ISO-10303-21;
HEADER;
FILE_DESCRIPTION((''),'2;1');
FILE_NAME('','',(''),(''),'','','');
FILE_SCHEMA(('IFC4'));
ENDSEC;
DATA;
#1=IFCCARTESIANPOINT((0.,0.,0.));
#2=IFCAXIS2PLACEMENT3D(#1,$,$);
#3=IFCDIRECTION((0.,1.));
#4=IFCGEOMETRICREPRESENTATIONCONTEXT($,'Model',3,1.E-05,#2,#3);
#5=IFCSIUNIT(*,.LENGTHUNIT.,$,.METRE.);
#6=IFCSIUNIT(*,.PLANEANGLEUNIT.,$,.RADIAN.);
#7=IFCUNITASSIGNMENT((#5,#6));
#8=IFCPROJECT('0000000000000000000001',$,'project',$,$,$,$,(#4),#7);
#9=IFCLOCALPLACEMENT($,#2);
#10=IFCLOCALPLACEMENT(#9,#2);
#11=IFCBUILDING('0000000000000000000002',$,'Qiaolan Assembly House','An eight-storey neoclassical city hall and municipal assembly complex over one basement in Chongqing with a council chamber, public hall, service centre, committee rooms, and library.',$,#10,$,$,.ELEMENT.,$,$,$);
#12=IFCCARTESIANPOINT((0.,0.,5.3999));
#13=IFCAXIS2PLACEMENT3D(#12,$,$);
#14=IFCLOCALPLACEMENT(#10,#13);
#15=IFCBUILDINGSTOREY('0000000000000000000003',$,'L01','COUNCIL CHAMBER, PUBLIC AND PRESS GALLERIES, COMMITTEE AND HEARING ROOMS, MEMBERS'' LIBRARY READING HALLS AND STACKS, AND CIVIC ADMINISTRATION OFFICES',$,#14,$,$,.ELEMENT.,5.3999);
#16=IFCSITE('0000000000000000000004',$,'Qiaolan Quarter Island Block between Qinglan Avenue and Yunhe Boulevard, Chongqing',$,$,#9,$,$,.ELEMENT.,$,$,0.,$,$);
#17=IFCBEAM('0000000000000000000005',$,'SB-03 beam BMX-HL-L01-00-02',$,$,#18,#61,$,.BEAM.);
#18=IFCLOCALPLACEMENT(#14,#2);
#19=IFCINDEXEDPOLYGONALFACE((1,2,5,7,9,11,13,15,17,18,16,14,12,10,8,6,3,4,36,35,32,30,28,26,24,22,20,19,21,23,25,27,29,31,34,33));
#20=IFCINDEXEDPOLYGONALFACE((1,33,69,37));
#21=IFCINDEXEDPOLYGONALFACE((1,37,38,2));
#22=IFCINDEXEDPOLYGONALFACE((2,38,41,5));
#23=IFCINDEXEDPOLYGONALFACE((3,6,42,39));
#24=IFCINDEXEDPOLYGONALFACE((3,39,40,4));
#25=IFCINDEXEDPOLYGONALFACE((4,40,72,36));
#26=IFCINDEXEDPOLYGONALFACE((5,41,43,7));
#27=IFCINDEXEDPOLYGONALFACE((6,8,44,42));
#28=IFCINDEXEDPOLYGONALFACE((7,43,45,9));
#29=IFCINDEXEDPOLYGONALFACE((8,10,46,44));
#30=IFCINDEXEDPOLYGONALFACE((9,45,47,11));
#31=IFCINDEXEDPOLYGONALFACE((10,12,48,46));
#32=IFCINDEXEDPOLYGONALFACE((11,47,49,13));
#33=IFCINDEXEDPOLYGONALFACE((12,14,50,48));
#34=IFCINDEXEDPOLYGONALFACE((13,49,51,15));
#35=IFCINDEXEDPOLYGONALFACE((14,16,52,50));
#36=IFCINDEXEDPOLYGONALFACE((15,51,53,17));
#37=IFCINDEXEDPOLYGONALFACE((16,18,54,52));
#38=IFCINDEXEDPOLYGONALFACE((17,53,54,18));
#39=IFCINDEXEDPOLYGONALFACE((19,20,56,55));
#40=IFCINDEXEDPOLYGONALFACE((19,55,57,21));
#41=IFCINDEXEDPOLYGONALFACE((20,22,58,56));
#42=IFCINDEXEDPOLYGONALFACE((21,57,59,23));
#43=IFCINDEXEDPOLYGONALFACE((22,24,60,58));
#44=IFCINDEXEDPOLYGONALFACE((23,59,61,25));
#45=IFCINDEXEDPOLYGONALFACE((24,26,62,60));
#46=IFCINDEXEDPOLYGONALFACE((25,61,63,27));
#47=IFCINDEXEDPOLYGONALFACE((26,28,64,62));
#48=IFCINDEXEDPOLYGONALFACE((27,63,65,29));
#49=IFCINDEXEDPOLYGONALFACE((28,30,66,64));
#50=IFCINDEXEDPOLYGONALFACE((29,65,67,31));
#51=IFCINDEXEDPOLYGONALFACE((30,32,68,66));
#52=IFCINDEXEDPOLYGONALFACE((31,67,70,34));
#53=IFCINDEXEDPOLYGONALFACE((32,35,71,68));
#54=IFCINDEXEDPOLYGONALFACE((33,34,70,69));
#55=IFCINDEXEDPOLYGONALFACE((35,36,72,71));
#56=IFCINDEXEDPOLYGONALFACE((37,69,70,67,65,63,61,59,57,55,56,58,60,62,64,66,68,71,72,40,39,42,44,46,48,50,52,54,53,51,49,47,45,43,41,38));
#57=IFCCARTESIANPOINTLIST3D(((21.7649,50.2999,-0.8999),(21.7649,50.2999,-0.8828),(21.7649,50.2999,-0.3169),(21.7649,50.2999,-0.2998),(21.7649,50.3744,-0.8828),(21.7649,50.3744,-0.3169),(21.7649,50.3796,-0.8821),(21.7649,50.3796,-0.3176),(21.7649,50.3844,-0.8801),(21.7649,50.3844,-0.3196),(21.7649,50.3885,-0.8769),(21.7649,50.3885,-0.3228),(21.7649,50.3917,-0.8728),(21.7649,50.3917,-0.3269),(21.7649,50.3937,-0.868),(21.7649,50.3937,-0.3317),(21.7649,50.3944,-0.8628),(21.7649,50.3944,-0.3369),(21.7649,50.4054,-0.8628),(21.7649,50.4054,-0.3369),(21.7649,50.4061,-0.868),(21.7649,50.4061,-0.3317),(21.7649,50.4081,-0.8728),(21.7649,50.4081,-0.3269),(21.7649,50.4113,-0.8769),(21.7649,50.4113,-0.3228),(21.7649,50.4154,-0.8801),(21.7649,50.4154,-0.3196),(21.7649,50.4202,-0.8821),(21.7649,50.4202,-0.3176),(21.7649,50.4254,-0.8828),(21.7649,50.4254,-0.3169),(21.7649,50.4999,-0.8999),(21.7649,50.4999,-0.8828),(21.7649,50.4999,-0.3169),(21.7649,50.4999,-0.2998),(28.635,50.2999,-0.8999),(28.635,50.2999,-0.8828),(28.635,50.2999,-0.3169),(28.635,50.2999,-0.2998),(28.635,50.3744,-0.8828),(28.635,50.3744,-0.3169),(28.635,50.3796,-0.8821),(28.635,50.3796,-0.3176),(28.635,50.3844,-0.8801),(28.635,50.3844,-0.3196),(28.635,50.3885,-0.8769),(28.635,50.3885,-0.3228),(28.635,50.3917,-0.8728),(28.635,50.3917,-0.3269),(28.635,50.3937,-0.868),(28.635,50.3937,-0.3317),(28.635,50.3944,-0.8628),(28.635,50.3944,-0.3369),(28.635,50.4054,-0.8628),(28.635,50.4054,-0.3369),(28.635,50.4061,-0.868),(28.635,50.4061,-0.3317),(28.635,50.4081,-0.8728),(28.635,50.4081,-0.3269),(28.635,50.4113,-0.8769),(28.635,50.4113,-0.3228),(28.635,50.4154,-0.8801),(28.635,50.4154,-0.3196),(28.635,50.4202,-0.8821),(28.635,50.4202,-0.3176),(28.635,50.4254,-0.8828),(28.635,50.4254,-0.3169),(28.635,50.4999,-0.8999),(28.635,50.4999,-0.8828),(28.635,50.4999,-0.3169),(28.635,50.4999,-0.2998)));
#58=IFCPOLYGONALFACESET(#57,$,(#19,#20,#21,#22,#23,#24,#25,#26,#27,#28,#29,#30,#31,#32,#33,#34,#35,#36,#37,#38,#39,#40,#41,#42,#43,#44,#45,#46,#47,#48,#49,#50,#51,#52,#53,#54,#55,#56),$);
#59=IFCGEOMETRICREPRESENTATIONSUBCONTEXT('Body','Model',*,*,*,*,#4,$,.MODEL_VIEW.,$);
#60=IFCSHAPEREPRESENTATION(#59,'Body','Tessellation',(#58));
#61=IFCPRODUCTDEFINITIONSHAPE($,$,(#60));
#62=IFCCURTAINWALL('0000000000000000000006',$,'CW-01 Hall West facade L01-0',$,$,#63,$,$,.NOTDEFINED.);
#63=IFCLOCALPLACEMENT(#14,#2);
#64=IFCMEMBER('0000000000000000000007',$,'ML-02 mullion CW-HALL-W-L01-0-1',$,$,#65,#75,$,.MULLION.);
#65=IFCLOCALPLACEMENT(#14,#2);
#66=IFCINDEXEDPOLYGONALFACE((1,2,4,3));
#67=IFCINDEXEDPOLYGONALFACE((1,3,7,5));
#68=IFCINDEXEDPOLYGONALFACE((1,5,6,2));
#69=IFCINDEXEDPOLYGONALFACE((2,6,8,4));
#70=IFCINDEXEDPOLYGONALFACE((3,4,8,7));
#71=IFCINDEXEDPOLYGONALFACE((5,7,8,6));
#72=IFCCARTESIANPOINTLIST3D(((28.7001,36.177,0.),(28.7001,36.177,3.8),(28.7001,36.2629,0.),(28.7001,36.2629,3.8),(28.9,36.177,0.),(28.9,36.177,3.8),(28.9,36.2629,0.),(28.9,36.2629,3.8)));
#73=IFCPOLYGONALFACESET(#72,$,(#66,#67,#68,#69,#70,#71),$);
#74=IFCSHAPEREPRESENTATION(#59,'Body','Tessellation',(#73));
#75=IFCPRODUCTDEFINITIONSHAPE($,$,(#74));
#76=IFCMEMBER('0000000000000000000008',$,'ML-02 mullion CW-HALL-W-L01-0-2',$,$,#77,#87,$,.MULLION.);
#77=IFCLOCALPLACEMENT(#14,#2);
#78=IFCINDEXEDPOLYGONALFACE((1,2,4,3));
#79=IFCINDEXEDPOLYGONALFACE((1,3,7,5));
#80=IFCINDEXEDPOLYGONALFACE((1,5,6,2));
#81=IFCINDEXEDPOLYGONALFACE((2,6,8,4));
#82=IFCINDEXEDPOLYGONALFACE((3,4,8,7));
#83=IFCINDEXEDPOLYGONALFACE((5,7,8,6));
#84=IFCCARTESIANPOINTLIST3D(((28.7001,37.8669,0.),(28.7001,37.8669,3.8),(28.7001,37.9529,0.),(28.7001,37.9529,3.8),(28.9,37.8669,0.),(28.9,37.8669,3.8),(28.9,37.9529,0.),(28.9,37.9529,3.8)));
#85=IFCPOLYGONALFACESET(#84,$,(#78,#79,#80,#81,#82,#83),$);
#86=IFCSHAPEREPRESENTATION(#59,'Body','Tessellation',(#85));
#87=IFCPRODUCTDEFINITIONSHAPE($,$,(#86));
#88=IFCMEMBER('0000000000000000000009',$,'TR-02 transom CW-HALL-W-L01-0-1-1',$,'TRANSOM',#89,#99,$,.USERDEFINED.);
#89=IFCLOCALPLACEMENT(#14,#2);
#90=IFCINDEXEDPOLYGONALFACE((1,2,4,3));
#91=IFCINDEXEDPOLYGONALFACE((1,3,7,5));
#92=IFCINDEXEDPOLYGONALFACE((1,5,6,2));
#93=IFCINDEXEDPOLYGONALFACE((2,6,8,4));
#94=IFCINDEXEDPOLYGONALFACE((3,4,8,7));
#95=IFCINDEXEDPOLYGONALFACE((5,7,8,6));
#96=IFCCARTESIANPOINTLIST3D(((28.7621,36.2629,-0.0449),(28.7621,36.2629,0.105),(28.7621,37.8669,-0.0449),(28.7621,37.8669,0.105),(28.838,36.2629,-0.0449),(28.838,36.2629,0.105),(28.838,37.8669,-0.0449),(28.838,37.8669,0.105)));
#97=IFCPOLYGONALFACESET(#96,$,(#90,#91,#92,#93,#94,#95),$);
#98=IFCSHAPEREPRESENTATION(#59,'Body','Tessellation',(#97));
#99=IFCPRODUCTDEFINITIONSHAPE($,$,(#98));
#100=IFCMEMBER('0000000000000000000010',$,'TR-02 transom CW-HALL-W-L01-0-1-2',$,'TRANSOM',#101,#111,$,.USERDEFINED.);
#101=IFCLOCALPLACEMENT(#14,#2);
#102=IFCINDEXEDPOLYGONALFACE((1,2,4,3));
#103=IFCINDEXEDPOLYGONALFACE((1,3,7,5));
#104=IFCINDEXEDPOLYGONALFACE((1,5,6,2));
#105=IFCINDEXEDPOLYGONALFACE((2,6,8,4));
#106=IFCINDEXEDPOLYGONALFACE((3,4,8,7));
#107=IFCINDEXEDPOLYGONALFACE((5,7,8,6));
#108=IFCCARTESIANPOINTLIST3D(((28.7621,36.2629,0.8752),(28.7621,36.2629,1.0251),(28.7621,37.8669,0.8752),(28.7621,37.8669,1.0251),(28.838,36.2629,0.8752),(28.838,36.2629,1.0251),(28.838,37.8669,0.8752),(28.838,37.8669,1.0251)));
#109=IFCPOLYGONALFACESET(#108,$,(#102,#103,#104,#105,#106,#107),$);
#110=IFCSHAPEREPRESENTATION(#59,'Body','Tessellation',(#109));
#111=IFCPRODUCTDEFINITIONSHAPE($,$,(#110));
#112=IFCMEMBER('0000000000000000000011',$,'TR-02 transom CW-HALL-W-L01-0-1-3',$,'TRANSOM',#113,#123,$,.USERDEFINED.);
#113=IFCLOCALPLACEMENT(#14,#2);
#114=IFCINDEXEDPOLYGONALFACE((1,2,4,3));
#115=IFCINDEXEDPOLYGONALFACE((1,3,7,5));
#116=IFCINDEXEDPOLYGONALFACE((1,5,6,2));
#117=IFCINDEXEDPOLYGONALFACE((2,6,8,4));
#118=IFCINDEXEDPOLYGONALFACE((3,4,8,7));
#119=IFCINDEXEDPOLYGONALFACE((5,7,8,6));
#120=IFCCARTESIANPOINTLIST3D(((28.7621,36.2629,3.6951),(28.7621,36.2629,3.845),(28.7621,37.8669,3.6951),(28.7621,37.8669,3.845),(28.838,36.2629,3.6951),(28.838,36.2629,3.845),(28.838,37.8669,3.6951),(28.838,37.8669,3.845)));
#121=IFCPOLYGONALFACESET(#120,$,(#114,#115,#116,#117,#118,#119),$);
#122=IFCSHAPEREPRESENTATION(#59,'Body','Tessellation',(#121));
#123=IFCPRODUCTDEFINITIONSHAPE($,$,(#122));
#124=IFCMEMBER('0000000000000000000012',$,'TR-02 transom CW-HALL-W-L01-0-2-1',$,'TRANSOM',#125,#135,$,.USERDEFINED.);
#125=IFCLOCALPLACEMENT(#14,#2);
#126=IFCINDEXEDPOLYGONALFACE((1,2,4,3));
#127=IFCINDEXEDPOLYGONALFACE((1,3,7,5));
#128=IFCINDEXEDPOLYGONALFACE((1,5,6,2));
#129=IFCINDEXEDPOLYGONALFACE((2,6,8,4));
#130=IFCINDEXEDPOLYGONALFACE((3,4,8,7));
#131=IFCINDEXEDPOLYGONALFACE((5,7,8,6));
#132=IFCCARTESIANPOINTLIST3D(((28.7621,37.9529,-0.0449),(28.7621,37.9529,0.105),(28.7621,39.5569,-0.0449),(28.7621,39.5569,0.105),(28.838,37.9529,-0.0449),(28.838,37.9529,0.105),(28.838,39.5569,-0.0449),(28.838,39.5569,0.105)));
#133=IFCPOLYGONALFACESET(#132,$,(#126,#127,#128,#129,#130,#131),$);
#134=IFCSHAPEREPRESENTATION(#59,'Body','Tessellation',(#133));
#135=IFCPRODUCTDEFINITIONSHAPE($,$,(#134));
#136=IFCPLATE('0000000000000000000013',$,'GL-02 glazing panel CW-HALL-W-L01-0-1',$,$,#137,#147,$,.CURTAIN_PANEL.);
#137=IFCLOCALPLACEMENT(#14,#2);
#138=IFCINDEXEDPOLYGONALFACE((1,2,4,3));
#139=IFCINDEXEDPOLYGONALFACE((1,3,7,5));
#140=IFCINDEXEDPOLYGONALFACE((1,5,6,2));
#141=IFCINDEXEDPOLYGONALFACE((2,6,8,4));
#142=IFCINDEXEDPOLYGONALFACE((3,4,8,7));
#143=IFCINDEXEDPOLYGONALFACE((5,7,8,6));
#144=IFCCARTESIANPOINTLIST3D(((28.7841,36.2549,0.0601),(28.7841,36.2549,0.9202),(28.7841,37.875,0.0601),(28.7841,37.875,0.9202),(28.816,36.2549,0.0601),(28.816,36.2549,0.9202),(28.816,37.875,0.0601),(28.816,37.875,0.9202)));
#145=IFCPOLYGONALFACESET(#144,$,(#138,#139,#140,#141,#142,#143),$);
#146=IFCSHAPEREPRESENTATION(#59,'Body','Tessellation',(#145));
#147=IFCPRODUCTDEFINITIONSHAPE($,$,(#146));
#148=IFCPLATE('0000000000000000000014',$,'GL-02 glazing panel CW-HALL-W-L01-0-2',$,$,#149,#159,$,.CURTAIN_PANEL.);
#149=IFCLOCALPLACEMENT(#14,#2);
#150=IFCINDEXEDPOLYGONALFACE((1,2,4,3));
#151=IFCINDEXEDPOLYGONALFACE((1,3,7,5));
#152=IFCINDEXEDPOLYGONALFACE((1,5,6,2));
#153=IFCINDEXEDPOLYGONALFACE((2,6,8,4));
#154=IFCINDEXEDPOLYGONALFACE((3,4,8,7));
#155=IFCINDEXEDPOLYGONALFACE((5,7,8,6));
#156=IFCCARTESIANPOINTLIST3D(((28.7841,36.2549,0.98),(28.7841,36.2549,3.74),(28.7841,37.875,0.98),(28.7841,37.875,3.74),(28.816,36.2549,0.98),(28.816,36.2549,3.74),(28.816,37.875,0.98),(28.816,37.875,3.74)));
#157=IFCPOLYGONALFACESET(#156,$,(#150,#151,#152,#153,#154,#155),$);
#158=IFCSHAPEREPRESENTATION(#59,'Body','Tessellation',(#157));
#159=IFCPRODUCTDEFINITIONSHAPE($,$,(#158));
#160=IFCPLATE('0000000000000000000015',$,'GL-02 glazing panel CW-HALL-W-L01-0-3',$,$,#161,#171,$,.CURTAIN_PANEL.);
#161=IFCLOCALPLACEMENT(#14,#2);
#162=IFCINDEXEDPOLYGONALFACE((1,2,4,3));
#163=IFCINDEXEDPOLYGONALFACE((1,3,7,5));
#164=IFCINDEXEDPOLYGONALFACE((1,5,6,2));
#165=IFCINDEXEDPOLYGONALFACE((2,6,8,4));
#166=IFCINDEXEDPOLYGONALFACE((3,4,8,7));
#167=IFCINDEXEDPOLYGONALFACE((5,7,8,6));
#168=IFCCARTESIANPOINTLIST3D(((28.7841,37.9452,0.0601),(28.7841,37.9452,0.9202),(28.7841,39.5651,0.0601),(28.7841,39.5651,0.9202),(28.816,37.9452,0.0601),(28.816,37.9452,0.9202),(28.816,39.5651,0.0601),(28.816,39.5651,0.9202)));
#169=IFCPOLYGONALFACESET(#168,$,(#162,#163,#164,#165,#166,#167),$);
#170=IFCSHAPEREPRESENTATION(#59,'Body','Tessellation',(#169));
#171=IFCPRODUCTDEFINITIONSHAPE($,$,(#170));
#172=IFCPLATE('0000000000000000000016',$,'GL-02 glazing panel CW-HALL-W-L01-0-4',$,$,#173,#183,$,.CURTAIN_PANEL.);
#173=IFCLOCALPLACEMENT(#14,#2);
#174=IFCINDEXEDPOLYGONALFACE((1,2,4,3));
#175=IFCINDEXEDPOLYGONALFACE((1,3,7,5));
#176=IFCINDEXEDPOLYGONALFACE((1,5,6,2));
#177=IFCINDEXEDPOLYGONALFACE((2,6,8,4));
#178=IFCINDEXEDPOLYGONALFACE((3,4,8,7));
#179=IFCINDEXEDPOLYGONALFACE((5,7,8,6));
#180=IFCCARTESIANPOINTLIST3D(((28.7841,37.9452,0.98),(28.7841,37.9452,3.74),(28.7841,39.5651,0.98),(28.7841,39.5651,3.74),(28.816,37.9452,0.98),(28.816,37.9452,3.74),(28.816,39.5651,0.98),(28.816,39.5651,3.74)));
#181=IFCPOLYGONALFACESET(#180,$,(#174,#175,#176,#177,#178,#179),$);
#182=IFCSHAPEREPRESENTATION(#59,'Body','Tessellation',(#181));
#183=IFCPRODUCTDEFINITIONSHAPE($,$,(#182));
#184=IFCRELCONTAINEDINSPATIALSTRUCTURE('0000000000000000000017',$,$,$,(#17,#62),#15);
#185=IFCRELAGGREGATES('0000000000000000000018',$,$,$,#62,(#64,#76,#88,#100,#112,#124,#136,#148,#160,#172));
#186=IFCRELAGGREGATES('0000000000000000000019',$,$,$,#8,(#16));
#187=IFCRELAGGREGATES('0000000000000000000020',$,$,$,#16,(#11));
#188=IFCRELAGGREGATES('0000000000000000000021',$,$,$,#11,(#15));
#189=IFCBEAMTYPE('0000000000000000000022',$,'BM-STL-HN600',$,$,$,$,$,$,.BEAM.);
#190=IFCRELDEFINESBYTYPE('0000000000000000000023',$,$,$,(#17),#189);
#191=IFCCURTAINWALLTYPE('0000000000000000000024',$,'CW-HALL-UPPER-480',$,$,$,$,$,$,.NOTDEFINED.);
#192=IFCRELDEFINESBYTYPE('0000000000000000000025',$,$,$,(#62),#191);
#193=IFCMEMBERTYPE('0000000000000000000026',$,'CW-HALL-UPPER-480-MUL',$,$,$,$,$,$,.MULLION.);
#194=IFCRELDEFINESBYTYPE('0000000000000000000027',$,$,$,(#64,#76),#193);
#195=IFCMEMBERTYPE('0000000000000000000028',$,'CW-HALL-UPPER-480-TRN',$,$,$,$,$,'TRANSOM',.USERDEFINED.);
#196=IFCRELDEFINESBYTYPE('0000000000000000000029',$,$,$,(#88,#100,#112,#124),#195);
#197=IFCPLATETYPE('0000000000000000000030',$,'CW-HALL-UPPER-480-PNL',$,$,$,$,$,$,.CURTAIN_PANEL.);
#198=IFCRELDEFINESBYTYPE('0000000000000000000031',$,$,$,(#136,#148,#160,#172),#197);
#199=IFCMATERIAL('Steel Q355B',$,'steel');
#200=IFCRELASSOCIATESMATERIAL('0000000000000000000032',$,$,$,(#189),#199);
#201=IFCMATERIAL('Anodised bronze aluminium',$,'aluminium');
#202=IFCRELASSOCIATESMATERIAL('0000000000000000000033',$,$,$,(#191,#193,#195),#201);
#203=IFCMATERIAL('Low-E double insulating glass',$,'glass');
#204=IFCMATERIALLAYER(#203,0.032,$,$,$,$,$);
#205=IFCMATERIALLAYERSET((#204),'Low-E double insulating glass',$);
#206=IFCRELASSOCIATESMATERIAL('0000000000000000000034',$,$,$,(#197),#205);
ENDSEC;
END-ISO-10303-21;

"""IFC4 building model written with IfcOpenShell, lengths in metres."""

from ifc_helpers import new_model, si_unit, direction, frame, frame_2d, origin, origin_2d, place, context, subcontext, project, spatial, rectangle, i_section, extrude, material, layer, layer_set, material_profile, profile_set, type_object, element, aggregate, save


model = new_model("IFC4")

# Units and contexts
model_context = context("Model", 3, precision=1e-05, world=origin(), true_north=direction((0.0, 1.0)))
body_context = subcontext(model_context, "Body", "Model", "MODEL_VIEW")
ifc_project = project(units=[si_unit("LENGTHUNIT", "METRE"), si_unit("PLANEANGLEUNIT", "RADIAN")], contexts=[model_context])

# Site, building, storey
site_placement = place(None, origin())
site = spatial("IfcSite", under=ifc_project, at=site_placement, Name="Qiaolan Quarter Island Block between Qinglan Avenue and Yunhe Boulevard, Chongqing", CompositionType="ELEMENT", RefElevation=0.0)
building_placement = place(site_placement, origin())
building = spatial("IfcBuilding", under=site, at=building_placement, Name="Qiaolan Assembly House", Description="An eight-storey neoclassical city hall and municipal assembly complex over one basement in Chongqing with a council chamber, public hall, service centre, committee rooms, and library.", CompositionType="ELEMENT")
storey_placement = place(building_placement, frame((0.0, 0.0, 5.3999)))
storey = spatial("IfcBuildingStorey", under=building, at=storey_placement, Name="L01", Description="COUNCIL CHAMBER, PUBLIC AND PRESS GALLERIES, COMMITTEE AND HEARING ROOMS, MEMBERS' LIBRARY READING HALLS AND STACKS, AND CIVIC ADMINISTRATION OFFICES", CompositionType="ELEMENT", Elevation=5.3999)

# Shared definitions
ifc_material_1 = material(Name="Steel Q355B", Category="steel")

# Beam
ifc_material_profile_1 = material_profile(ifc_material_1, i_section(OverallWidth=0.2, OverallDepth=0.6001, WebThickness=0.011, FlangeThickness=0.0171, FilletRadius=0.02, at=origin_2d()), Name="HN 600x200x11x17")
ifc_profile_set_1 = profile_set([ifc_material_profile_1], Name="Steel Q355B")
beam_type_1 = type_object("IfcBeamType", Name="BM-STL-HN600", PredefinedType="BEAM", material=ifc_profile_set_1)
for number, where, z_axis, x_axis, name in (
    (1, (21.7649, 50.3999, -0.5999), (1.0, 0.0, 0.0), (0.0, 1.0, 0.0), "SB-03 beam BMX-HL-L01-00-02"),
):
    element("IfcBeam", number, at=place(storey_placement, frame(where, z_axis=z_axis, x_axis=x_axis)), inside=storey, type_object=beam_type_1, Name=name, PredefinedType="BEAM", context=body_context, shape_type="SweptSolid", body=[
        extrude(i_section(OverallWidth=0.2, OverallDepth=0.6001, WebThickness=0.011, FlangeThickness=0.0171, FilletRadius=0.02, at=origin_2d()), origin(), (0.0, 0.0, 1.0), 6.8701),
    ])

# Curtain wall, members, plates
ifc_material_2 = material(Name="Anodised bronze aluminium", Category="aluminium")
curtain_wall_type = type_object("IfcCurtainWallType", Name="CW-HALL-UPPER-480", PredefinedType="NOTDEFINED", material=ifc_material_2)
curtain_wall_placement = place(storey_placement, origin())
curtain_wall = element("IfcCurtainWall", 2, at=curtain_wall_placement, inside=storey, type_object=curtain_wall_type, Name="CW-01 Hall West facade L01-0", PredefinedType="NOTDEFINED")
ifc_material_profile_2 = material_profile(ifc_material_2, rectangle(XDim=0.0859, YDim=0.2, at=origin_2d()), Name="MUL 86x200")
ifc_profile_set_2 = profile_set([ifc_material_profile_2], Name="Anodised bronze aluminium")
member_type_1 = type_object("IfcMemberType", Name="CW-HALL-UPPER-480-MUL", PredefinedType="MULLION", material=ifc_profile_set_2)
member_1_placement = place(storey_placement, frame((28.8, 36.22, 0.0), z_axis=(0.0, 0.0, 1.0), x_axis=(0.0, 1.0, 0.0)))
member_1 = element("IfcMember", 3, at=member_1_placement, type_object=member_type_1, Name="ML-02 mullion CW-HALL-W-L01-0-1", PredefinedType="MULLION", context=body_context, shape_type="SweptSolid", body=[
    extrude(rectangle(XDim=0.0859, YDim=0.2, at=origin_2d()), origin(), (0.0, 0.0, 1.0), 3.8),
])
member_2_placement = place(storey_placement, frame((28.8, 37.9099, 0.0), z_axis=(0.0, 0.0, 1.0), x_axis=(0.0, 1.0, 0.0)))
member_2 = element("IfcMember", 4, at=member_2_placement, type_object=member_type_1, Name="ML-02 mullion CW-HALL-W-L01-0-2", PredefinedType="MULLION", context=body_context, shape_type="SweptSolid", body=[
    extrude(rectangle(XDim=0.0859, YDim=0.2, at=origin_2d()), origin(), (0.0, 0.0, 1.0), 3.8),
])
ifc_material_profile_3 = material_profile(ifc_material_2, rectangle(XDim=0.0759, YDim=0.1499, at=origin_2d()), Name="TRN 76x150")
ifc_profile_set_3 = profile_set([ifc_material_profile_3], Name="Anodised bronze aluminium")
member_type_2 = type_object("IfcMemberType", Name="CW-HALL-UPPER-480-TRN", ElementType="TRANSOM", PredefinedType="USERDEFINED", material=ifc_profile_set_3)
member_3_placement = place(storey_placement, frame((28.8, 36.2629, 0.03), z_axis=(0.0, 1.0, 0.0), x_axis=(-1.0, 0.0, 0.0)))
member_3 = element("IfcMember", 5, at=member_3_placement, type_object=member_type_2, Name="TR-02 transom CW-HALL-W-L01-0-1-1", ObjectType="TRANSOM", PredefinedType="USERDEFINED", context=body_context, shape_type="SweptSolid", body=[
    extrude(rectangle(XDim=0.0759, YDim=0.1499, at=origin_2d()), origin(), (0.0, 0.0, 1.0), 1.604),
])
member_4_placement = place(storey_placement, frame((28.8, 36.2629, 0.9502), z_axis=(0.0, 1.0, 0.0), x_axis=(-1.0, 0.0, 0.0)))
member_4 = element("IfcMember", 6, at=member_4_placement, type_object=member_type_2, Name="TR-02 transom CW-HALL-W-L01-0-1-2", ObjectType="TRANSOM", PredefinedType="USERDEFINED", context=body_context, shape_type="SweptSolid", body=[
    extrude(rectangle(XDim=0.0759, YDim=0.1499, at=origin_2d()), origin(), (0.0, 0.0, 1.0), 1.604),
])
member_5_placement = place(storey_placement, frame((28.8, 36.2629, 3.77), z_axis=(0.0, 1.0, 0.0), x_axis=(-1.0, 0.0, 0.0)))
member_5 = element("IfcMember", 7, at=member_5_placement, type_object=member_type_2, Name="TR-02 transom CW-HALL-W-L01-0-1-3", ObjectType="TRANSOM", PredefinedType="USERDEFINED", context=body_context, shape_type="SweptSolid", body=[
    extrude(rectangle(XDim=0.0759, YDim=0.1499, at=origin_2d()), origin(), (0.0, 0.0, 1.0), 1.604),
])
member_6_placement = place(storey_placement, frame((28.8, 37.9529, 0.03), z_axis=(0.0, 1.0, 0.0), x_axis=(-1.0, 0.0, 0.0)))
member_6 = element("IfcMember", 8, at=member_6_placement, type_object=member_type_2, Name="TR-02 transom CW-HALL-W-L01-0-2-1", ObjectType="TRANSOM", PredefinedType="USERDEFINED", context=body_context, shape_type="SweptSolid", body=[
    extrude(rectangle(XDim=0.0759, YDim=0.1499, at=origin_2d()), origin(), (0.0, 0.0, 1.0), 1.604),
])
ifc_material_3 = material(Name="Low-E double insulating glass", Category="glass")
ifc_layer = layer(ifc_material_3, 0.032)
ifc_layer_set = layer_set([ifc_layer], Name="Low-E double insulating glass")
plate_type = type_object("IfcPlateType", Name="CW-HALL-UPPER-480-PNL", PredefinedType="CURTAIN_PANEL", material=ifc_layer_set)
plate_1_placement = place(storey_placement, frame((28.8, 36.2549, 0.0601), z_axis=(0.0, 0.0, 1.0), x_axis=(0.0, 1.0, 0.0)))
plate_1 = element("IfcPlate", 9, at=plate_1_placement, type_object=plate_type, Name="GL-02 glazing panel CW-HALL-W-L01-0-1", PredefinedType="CURTAIN_PANEL", context=body_context, shape_type="SweptSolid", body=[
    extrude(rectangle(XDim=1.6201, YDim=0.032, at=frame_2d((0.8101, 0.0))), origin(), (0.0, 0.0, 1.0), 0.8601),
])
plate_2_placement = place(storey_placement, frame((28.8, 36.2549, 0.98), z_axis=(0.0, 0.0, 1.0), x_axis=(0.0, 1.0, 0.0)))
plate_2 = element("IfcPlate", 10, at=plate_2_placement, type_object=plate_type, Name="GL-02 glazing panel CW-HALL-W-L01-0-2", PredefinedType="CURTAIN_PANEL", context=body_context, shape_type="SweptSolid", body=[
    extrude(rectangle(XDim=1.6201, YDim=0.032, at=frame_2d((0.8101, 0.0))), origin(), (0.0, 0.0, 1.0), 2.76),
])
plate_3_placement = place(storey_placement, frame((28.8, 37.9451, 0.0601), z_axis=(0.0, 0.0, 1.0), x_axis=(0.0, 1.0, 0.0)))
plate_3 = element("IfcPlate", 11, at=plate_3_placement, type_object=plate_type, Name="GL-02 glazing panel CW-HALL-W-L01-0-3", PredefinedType="CURTAIN_PANEL", context=body_context, shape_type="SweptSolid", body=[
    extrude(rectangle(XDim=1.6199, YDim=0.032, at=frame_2d((0.8101, 0.0))), origin(), (0.0, 0.0, 1.0), 0.8601),
])
plate_4_placement = place(storey_placement, frame((28.8, 37.9451, 0.98), z_axis=(0.0, 0.0, 1.0), x_axis=(0.0, 1.0, 0.0)))
plate_4 = element("IfcPlate", 12, at=plate_4_placement, type_object=plate_type, Name="GL-02 glazing panel CW-HALL-W-L01-0-4", PredefinedType="CURTAIN_PANEL", context=body_context, shape_type="SweptSolid", body=[
    extrude(rectangle(XDim=1.6199, YDim=0.032, at=frame_2d((0.8101, 0.0))), origin(), (0.0, 0.0, 1.0), 2.76),
])
aggregate(curtain_wall, [member_1, member_2, member_3, member_4, member_5, member_6, plate_1, plate_2, plate_3, plate_4])

save(model, "model.ifc")
